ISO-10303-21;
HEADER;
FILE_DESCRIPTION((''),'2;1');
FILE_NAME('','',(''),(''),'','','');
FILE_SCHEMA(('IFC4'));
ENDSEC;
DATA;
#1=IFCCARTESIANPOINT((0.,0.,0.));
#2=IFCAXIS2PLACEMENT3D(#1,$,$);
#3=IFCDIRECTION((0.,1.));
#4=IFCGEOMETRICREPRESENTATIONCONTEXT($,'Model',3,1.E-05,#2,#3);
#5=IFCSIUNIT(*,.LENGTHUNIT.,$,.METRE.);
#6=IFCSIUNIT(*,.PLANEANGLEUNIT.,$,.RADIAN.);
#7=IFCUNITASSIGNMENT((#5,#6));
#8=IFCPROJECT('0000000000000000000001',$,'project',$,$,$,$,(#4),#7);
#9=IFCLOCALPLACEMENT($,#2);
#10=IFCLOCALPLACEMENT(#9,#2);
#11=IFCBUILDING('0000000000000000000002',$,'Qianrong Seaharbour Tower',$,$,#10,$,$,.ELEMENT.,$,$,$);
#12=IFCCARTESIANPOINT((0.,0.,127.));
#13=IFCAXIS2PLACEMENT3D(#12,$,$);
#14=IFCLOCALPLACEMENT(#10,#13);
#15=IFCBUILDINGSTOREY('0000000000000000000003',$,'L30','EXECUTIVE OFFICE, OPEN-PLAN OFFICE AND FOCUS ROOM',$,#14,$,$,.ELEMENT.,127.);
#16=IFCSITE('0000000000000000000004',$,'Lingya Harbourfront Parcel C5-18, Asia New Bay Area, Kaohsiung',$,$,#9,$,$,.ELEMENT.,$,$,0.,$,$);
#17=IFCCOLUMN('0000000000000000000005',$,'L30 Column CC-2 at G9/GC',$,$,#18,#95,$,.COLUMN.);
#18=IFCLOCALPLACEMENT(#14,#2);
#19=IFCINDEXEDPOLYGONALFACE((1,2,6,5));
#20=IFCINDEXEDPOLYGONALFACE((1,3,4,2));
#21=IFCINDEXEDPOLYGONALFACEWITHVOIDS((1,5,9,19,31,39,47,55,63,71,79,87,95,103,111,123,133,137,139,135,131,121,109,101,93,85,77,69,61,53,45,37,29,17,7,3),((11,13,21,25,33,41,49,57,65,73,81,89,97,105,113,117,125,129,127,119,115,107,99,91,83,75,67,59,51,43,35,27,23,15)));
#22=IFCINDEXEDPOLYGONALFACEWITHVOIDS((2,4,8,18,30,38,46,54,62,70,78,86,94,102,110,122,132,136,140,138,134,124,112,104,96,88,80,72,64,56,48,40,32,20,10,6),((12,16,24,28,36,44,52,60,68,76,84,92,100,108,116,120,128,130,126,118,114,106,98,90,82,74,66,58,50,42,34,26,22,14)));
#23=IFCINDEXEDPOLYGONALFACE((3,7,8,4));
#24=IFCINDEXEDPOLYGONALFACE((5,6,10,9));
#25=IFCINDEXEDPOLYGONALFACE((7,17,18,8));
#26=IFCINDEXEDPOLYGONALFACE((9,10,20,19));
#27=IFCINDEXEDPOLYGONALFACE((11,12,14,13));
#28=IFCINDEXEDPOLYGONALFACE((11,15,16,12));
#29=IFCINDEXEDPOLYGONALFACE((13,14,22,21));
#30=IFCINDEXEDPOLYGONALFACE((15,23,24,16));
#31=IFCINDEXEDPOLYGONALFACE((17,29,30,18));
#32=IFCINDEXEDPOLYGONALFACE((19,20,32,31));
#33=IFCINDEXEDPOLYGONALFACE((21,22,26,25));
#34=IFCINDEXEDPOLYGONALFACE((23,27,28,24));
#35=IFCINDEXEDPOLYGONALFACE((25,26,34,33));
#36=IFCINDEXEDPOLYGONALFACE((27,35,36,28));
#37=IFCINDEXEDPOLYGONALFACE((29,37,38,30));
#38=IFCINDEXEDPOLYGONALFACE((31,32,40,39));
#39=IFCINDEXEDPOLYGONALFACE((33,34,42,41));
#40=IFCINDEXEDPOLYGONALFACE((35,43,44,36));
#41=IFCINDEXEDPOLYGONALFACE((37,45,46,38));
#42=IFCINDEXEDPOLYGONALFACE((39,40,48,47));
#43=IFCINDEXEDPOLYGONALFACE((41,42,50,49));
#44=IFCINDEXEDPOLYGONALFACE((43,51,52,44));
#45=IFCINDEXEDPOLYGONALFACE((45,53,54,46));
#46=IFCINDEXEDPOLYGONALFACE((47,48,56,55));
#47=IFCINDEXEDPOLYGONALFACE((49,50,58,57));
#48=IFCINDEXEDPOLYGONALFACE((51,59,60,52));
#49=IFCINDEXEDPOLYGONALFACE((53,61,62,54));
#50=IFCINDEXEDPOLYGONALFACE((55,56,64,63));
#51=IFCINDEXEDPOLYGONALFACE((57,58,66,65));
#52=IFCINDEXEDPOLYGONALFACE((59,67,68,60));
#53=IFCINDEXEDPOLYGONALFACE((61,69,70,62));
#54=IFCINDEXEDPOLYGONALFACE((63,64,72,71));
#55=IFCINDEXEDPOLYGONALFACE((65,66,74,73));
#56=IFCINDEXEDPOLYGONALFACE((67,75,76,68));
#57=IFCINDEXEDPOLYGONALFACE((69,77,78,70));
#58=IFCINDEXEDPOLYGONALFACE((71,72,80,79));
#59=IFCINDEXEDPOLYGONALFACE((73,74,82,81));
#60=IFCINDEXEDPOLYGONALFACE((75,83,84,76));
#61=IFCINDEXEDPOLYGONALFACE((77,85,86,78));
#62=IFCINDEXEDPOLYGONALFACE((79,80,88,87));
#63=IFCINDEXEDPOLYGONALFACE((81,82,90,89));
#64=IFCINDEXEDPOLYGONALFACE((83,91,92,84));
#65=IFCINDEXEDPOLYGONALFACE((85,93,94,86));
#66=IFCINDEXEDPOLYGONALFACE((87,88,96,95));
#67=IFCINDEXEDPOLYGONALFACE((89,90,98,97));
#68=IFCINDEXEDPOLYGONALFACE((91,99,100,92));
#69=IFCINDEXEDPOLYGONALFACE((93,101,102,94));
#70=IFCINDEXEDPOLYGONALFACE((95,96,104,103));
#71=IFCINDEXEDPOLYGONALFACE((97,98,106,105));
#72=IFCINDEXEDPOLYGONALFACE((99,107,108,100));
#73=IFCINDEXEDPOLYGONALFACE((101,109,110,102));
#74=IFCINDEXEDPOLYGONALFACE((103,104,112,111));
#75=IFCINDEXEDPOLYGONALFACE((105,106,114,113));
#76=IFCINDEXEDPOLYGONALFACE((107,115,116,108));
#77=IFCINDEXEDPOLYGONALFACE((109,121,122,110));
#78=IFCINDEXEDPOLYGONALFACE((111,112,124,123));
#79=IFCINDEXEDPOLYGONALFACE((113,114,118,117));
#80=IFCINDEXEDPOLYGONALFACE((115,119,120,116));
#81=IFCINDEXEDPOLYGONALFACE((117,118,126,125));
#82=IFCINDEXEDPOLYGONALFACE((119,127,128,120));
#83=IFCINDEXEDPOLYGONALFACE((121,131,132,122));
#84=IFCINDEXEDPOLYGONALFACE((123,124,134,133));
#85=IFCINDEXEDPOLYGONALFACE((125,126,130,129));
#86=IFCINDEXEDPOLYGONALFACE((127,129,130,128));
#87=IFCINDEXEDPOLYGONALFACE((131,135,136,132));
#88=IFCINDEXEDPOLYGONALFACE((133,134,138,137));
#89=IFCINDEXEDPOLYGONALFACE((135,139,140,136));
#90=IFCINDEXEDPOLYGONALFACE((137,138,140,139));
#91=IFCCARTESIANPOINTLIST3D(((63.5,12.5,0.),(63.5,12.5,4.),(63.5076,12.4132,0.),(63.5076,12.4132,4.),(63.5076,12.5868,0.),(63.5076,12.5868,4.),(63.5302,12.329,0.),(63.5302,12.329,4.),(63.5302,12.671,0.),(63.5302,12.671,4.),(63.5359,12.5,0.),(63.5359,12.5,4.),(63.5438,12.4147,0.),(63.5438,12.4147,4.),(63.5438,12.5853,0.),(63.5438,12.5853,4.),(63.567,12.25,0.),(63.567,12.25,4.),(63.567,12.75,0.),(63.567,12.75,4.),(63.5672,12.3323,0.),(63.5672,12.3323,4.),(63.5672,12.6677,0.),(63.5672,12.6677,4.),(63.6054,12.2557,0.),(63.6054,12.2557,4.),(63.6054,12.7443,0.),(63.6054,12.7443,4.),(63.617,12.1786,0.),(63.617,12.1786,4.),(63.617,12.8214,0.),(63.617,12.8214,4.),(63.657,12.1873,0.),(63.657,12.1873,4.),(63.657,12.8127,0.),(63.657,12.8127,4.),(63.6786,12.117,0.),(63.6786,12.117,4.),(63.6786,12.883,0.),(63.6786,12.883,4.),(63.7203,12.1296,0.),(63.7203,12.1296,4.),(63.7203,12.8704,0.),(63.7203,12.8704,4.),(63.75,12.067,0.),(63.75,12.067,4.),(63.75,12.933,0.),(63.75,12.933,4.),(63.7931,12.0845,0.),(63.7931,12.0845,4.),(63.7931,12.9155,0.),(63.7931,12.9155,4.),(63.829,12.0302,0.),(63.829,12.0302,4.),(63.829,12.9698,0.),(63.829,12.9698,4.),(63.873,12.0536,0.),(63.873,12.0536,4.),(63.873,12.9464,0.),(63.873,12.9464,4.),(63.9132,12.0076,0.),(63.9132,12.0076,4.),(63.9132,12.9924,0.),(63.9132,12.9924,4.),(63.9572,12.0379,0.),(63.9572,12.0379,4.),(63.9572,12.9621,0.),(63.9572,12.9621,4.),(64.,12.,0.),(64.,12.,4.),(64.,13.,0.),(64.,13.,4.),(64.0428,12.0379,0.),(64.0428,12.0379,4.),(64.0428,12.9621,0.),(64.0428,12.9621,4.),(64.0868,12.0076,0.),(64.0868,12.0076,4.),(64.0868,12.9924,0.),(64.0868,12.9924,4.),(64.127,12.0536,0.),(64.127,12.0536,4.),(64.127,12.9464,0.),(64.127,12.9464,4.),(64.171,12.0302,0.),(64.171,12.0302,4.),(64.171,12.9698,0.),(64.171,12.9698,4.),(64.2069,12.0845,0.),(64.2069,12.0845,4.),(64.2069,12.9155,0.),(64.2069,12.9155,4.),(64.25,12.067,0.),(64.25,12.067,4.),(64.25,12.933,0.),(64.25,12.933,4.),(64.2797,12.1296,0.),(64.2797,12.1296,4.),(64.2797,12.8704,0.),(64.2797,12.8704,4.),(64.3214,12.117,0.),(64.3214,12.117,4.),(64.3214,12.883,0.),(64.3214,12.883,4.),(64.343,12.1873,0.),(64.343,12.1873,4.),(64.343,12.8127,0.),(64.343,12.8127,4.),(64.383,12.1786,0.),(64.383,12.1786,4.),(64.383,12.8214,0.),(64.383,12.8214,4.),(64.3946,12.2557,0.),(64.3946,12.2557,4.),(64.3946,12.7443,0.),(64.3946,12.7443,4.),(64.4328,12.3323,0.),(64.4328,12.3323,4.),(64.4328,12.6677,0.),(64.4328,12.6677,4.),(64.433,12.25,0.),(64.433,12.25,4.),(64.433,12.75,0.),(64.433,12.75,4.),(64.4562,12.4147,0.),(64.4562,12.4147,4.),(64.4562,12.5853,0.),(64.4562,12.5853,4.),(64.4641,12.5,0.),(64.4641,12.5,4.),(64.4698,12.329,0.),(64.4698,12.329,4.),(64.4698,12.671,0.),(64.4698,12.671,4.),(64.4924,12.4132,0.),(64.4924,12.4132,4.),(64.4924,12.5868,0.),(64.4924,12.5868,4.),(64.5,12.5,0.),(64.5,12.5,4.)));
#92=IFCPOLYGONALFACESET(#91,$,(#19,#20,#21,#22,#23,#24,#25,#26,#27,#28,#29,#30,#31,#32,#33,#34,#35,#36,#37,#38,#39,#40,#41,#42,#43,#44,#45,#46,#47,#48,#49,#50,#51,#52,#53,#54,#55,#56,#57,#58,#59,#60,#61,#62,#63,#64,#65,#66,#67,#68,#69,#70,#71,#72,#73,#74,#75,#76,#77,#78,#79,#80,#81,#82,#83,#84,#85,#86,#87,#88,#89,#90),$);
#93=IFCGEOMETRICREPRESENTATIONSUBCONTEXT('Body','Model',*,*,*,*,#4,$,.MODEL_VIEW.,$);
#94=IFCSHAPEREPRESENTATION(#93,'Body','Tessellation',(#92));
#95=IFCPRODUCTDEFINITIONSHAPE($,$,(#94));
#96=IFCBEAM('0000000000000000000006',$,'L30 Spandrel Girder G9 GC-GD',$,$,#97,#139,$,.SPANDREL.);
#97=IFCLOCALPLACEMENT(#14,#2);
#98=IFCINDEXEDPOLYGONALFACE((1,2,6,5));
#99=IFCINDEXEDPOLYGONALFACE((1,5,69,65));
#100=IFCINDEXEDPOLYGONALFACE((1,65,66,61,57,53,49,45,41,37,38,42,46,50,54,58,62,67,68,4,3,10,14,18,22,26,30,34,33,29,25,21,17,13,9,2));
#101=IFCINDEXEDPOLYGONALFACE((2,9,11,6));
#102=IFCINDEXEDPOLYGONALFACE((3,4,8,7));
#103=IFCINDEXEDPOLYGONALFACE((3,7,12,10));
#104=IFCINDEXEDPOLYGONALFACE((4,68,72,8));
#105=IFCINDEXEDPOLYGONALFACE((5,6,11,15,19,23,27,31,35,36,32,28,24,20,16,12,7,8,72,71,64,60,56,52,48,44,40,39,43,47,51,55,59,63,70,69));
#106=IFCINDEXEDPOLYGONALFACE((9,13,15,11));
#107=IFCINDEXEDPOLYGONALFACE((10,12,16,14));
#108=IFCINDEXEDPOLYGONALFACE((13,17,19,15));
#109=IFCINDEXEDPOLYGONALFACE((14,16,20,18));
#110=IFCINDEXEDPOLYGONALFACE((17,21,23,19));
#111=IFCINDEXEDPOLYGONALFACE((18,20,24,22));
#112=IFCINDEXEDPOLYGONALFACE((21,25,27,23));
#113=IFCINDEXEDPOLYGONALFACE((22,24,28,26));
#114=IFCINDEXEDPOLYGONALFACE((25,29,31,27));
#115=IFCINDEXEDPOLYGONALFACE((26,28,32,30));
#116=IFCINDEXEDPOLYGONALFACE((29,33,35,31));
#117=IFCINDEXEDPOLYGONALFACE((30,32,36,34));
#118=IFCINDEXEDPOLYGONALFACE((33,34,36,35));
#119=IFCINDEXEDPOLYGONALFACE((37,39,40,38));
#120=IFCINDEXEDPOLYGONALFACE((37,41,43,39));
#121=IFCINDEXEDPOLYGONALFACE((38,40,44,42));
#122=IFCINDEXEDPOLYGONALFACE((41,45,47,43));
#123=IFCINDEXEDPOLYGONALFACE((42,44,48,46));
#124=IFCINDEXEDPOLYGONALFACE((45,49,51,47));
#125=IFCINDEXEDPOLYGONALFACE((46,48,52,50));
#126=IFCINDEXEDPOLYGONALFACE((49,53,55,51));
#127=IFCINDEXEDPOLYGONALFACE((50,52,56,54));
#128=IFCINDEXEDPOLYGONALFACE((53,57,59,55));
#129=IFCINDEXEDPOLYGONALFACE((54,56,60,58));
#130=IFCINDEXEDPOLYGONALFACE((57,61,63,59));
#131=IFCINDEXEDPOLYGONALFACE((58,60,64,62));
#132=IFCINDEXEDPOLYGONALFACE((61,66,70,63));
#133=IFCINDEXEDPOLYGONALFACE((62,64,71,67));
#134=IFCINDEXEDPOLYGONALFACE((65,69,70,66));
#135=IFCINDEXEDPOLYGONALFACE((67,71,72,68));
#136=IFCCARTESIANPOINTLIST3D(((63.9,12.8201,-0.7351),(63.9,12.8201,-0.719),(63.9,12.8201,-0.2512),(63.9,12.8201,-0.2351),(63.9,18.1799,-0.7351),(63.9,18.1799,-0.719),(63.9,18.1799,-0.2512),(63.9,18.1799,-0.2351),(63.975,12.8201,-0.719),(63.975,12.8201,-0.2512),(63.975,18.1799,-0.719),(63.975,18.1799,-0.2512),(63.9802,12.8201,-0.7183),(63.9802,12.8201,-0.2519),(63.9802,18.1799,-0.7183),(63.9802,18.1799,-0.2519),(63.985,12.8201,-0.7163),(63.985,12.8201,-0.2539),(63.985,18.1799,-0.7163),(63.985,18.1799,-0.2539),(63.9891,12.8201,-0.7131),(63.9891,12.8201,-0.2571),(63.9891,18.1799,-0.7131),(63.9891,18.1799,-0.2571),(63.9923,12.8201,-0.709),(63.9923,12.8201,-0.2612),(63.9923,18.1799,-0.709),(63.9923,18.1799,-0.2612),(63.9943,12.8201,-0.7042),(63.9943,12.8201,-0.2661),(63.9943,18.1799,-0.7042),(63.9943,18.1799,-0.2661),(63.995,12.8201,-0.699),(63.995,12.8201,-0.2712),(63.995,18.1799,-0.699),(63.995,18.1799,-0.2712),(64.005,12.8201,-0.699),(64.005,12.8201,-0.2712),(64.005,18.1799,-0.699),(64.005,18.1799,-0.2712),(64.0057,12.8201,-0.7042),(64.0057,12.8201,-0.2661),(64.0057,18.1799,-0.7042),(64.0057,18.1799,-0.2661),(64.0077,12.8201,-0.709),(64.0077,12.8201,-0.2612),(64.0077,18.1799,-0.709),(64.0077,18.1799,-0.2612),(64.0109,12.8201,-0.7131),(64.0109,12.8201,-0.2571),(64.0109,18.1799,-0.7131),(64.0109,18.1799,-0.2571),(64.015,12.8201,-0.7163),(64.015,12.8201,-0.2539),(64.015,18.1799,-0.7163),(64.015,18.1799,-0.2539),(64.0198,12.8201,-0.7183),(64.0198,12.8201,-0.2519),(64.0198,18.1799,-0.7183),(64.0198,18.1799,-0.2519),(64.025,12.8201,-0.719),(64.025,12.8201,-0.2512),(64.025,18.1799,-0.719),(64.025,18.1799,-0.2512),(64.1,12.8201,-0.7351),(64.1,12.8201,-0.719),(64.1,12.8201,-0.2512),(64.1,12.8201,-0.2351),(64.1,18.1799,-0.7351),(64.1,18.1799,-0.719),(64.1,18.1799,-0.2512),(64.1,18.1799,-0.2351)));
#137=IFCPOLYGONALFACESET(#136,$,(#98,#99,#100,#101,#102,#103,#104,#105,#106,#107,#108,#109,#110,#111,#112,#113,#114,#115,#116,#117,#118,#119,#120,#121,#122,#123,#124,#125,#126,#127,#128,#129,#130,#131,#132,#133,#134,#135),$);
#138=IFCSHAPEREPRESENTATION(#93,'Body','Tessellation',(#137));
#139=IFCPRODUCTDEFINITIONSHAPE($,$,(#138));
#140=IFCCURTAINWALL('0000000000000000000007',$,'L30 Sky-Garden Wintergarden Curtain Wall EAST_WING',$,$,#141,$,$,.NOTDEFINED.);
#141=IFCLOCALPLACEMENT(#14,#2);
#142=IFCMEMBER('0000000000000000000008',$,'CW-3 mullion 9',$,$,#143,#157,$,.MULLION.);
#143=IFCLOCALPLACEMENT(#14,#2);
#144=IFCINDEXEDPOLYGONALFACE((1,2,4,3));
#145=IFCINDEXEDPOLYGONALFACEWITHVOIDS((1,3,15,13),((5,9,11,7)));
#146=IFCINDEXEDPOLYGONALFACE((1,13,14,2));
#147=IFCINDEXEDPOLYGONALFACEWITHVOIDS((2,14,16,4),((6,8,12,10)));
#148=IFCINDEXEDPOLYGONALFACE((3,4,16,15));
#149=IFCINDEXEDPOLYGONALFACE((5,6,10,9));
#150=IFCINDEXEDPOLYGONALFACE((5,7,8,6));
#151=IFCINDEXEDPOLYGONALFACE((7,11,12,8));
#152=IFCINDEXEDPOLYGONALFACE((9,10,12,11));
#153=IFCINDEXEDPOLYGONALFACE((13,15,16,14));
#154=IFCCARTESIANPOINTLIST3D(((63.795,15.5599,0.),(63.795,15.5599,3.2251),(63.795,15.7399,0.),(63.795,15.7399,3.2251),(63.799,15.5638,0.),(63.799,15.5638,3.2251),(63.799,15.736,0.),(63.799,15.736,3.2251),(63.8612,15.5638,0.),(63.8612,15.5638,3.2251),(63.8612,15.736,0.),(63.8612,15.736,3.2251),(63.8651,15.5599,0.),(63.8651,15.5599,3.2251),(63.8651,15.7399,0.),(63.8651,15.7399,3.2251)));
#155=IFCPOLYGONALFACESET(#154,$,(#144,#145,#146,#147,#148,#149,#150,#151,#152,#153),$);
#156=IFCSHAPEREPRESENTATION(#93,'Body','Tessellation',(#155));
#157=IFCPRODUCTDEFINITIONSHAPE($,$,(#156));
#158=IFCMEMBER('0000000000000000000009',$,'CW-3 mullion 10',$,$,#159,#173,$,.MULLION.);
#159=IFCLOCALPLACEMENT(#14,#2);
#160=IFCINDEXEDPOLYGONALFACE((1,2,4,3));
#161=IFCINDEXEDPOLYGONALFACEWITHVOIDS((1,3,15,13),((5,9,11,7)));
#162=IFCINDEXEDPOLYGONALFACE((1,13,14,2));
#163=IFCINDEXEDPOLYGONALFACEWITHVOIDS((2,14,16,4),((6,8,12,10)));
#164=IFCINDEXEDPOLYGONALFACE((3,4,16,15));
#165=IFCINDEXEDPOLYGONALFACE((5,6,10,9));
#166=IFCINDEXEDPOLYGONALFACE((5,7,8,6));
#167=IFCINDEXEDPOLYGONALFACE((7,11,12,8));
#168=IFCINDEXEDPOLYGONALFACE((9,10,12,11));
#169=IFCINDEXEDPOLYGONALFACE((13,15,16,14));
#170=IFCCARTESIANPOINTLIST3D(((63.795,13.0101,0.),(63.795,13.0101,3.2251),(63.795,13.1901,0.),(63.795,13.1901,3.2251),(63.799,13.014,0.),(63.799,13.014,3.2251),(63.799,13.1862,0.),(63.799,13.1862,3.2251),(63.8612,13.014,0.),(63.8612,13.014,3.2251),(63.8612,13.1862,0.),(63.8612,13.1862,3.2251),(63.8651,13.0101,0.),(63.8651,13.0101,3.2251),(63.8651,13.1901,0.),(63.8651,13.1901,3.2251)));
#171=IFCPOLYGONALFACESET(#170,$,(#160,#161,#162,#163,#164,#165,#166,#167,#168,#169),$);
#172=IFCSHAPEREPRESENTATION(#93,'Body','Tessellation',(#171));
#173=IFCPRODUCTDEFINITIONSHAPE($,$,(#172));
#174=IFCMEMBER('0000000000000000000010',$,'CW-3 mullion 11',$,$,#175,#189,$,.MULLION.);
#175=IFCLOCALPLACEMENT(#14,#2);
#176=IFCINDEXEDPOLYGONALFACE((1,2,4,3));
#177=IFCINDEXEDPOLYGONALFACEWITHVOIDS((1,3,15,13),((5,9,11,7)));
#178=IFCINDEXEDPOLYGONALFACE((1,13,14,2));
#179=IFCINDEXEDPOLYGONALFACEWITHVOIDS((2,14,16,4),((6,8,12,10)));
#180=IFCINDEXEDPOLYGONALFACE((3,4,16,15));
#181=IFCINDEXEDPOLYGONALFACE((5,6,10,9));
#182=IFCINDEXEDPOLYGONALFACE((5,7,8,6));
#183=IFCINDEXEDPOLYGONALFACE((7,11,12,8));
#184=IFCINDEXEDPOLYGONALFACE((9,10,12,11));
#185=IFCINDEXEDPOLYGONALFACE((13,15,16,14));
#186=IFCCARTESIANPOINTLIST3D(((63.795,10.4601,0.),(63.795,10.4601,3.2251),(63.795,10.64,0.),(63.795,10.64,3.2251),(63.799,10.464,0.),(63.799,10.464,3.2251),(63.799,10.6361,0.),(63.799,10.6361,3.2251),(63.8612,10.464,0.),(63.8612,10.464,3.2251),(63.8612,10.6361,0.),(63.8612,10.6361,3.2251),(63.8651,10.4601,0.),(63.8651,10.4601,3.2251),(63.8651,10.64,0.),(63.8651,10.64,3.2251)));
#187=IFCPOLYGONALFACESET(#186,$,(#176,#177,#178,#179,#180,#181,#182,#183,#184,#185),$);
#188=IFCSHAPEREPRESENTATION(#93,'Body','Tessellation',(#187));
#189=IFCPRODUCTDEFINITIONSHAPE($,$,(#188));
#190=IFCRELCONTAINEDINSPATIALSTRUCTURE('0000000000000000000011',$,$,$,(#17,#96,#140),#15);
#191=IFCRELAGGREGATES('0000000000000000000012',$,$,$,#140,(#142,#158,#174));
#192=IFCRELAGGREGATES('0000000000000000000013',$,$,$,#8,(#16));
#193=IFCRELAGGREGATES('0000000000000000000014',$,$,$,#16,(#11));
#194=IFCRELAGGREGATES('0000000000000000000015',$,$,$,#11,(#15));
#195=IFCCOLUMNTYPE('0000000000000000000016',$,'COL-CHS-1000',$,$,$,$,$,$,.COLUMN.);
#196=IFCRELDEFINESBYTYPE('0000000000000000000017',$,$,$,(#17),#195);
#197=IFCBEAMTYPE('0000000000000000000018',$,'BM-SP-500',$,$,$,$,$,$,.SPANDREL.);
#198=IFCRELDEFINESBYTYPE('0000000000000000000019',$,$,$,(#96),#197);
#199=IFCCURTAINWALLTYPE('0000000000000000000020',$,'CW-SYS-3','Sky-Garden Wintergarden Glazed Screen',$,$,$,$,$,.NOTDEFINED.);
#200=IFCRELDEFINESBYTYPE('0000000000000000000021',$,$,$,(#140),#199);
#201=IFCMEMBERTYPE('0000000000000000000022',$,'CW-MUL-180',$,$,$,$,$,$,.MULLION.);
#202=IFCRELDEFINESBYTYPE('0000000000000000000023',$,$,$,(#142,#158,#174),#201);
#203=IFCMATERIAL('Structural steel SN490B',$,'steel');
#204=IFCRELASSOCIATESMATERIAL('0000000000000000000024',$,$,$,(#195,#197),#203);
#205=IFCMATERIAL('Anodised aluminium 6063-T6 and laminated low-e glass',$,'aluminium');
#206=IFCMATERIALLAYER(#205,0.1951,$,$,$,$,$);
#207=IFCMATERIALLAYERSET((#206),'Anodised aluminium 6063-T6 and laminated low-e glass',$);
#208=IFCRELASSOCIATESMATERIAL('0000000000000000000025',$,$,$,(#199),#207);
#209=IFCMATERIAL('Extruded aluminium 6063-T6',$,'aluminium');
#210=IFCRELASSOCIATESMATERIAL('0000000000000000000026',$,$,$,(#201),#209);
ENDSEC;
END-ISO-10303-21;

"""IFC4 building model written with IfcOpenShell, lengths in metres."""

from ifc_helpers import new_model, si_unit, direction, frame, origin, origin_2d, place, context, subcontext, project, spatial, hollow_rectangle, hollow_circle, i_section, extrude, material, layer, layer_set, material_profile, profile_set, type_object, element, aggregate, save


model = new_model("IFC4")

# Units and contexts
model_context = context("Model", 3, precision=1e-05, world=origin(), true_north=direction((0.0, 1.0)))
body_context = subcontext(model_context, "Body", "Model", "MODEL_VIEW")
ifc_project = project(units=[si_unit("LENGTHUNIT", "METRE"), si_unit("PLANEANGLEUNIT", "RADIAN")], contexts=[model_context])

# Site, building, storey
site_placement = place(None, origin())
site = spatial("IfcSite", under=ifc_project, at=site_placement, Name="Lingya Harbourfront Parcel C5-18, Asia New Bay Area, Kaohsiung", CompositionType="ELEMENT", RefElevation=0.0)
building_placement = place(site_placement, origin())
building = spatial("IfcBuilding", under=site, at=building_placement, Name="Qianrong Seaharbour Tower", CompositionType="ELEMENT")
storey_placement = place(building_placement, frame((0.0, 0.0, 127.0)))
storey = spatial("IfcBuildingStorey", under=building, at=storey_placement, Name="L30", Description="EXECUTIVE OFFICE, OPEN-PLAN OFFICE AND FOCUS ROOM", CompositionType="ELEMENT", Elevation=127.0)

# Column
ifc_material_1 = material(Name="Structural steel SN490B", Category="steel")
ifc_material_profile_1 = material_profile(ifc_material_1, hollow_circle(Radius=0.5, WallThickness=0.0359, at=origin_2d()), Name="CHS1000x36")
ifc_profile_set_1 = profile_set([ifc_material_profile_1], Name="Structural steel SN490B")
column_type = type_object("IfcColumnType", Name="COL-CHS-1000", PredefinedType="COLUMN", material=ifc_profile_set_1)
column_placement = place(storey_placement, frame((64.0, 12.5, 0.0), z_axis=(0.0, 0.0, 1.0), x_axis=(1.0, 0.0, 0.0)))
element("IfcColumn", 1, at=column_placement, inside=storey, type_object=column_type, Name="L30 Column CC-2 at G9/GC", PredefinedType="COLUMN", context=body_context, shape_type="SweptSolid", body=[
    extrude(hollow_circle(Radius=0.5, WallThickness=0.0359, at=origin_2d()), origin(), (0.0, 0.0, 1.0), 4.0),
])

# Beam
ifc_material_profile_2 = material_profile(ifc_material_1, i_section(OverallWidth=0.2, OverallDepth=0.5, WebThickness=0.01, FlangeThickness=0.0161, FilletRadius=0.02, at=origin_2d()), Name="H500x200x10x16")
ifc_profile_set_2 = profile_set([ifc_material_profile_2], Name="Structural steel SN490B")
beam_type = type_object("IfcBeamType", Name="BM-SP-500", PredefinedType="SPANDREL", material=ifc_profile_set_2)
beam_placement = place(storey_placement, frame((64.0, 12.8201, -0.4851), z_axis=(0.0, 1.0, 0.0), x_axis=(-1.0, 0.0, 0.0)))
element("IfcBeam", 2, at=beam_placement, inside=storey, type_object=beam_type, Name="L30 Spandrel Girder G9 GC-GD", PredefinedType="SPANDREL", context=body_context, shape_type="SweptSolid", body=[
    extrude(i_section(OverallWidth=0.2, OverallDepth=0.5, WebThickness=0.01, FlangeThickness=0.0161, FilletRadius=0.02, at=origin_2d()), origin(), (0.0, 0.0, 1.0), 5.3599),
])

# Curtain wall, members
ifc_material_2 = material(Name="Anodised aluminium 6063-T6 and laminated low-e glass", Category="aluminium")
ifc_layer_1 = layer(ifc_material_2, 0.1951)
ifc_layer_set_1 = layer_set([ifc_layer_1], Name="Anodised aluminium 6063-T6 and laminated low-e glass")
curtain_wall_type = type_object("IfcCurtainWallType", Name="CW-SYS-3", Description="Sky-Garden Wintergarden Glazed Screen", PredefinedType="NOTDEFINED", material=ifc_layer_set_1)
curtain_wall_placement = place(storey_placement, origin())
curtain_wall = element("IfcCurtainWall", 3, at=curtain_wall_placement, inside=storey, type_object=curtain_wall_type, Name="L30 Sky-Garden Wintergarden Curtain Wall EAST_WING", PredefinedType="NOTDEFINED")
ifc_material_3 = material(Name="Extruded aluminium 6063-T6", Category="aluminium")
ifc_material_profile_3 = material_profile(ifc_material_3, hollow_rectangle(XDim=0.0701, YDim=0.1799, WallThickness=0.0039, at=origin_2d()), Name="ALU-MUL-180x70x4")
ifc_profile_set_3 = profile_set([ifc_material_profile_3], Name="Extruded aluminium 6063-T6")
member_type_1 = type_object("IfcMemberType", Name="CW-MUL-180", PredefinedType="MULLION", material=ifc_profile_set_3)
member_1_placement = place(storey_placement, frame((63.8301, 15.6499, 0.0), z_axis=(0.0, 0.0, 1.0), x_axis=(1.0, 0.0, 0.0)))
member_1 = element("IfcMember", 4, at=member_1_placement, type_object=member_type_1, Name="CW-3 mullion 9", PredefinedType="MULLION", context=body_context, shape_type="SweptSolid", body=[
    extrude(hollow_rectangle(XDim=0.0701, YDim=0.1799, WallThickness=0.0039, at=origin_2d()), origin(), (0.0, 0.0, 1.0), 3.2251),
])
member_2_placement = place(storey_placement, frame((63.8301, 13.1001, 0.0), z_axis=(0.0, 0.0, 1.0), x_axis=(1.0, 0.0, 0.0)))
member_2 = element("IfcMember", 5, at=member_2_placement, type_object=member_type_1, Name="CW-3 mullion 10", PredefinedType="MULLION", context=body_context, shape_type="SweptSolid", body=[
    extrude(hollow_rectangle(XDim=0.0701, YDim=0.1799, WallThickness=0.0039, at=origin_2d()), origin(), (0.0, 0.0, 1.0), 3.2251),
])
member_3_placement = place(storey_placement, frame((63.8301, 10.55, 0.0), z_axis=(0.0, 0.0, 1.0), x_axis=(1.0, 0.0, 0.0)))
member_3 = element("IfcMember", 6, at=member_3_placement, type_object=member_type_1, Name="CW-3 mullion 11", PredefinedType="MULLION", context=body_context, shape_type="SweptSolid", body=[
    extrude(hollow_rectangle(XDim=0.0701, YDim=0.1799, WallThickness=0.0039, at=origin_2d()), origin(), (0.0, 0.0, 1.0), 3.2251),
])
aggregate(curtain_wall, [member_1, member_2, member_3])

save(model, "model.ifc")
